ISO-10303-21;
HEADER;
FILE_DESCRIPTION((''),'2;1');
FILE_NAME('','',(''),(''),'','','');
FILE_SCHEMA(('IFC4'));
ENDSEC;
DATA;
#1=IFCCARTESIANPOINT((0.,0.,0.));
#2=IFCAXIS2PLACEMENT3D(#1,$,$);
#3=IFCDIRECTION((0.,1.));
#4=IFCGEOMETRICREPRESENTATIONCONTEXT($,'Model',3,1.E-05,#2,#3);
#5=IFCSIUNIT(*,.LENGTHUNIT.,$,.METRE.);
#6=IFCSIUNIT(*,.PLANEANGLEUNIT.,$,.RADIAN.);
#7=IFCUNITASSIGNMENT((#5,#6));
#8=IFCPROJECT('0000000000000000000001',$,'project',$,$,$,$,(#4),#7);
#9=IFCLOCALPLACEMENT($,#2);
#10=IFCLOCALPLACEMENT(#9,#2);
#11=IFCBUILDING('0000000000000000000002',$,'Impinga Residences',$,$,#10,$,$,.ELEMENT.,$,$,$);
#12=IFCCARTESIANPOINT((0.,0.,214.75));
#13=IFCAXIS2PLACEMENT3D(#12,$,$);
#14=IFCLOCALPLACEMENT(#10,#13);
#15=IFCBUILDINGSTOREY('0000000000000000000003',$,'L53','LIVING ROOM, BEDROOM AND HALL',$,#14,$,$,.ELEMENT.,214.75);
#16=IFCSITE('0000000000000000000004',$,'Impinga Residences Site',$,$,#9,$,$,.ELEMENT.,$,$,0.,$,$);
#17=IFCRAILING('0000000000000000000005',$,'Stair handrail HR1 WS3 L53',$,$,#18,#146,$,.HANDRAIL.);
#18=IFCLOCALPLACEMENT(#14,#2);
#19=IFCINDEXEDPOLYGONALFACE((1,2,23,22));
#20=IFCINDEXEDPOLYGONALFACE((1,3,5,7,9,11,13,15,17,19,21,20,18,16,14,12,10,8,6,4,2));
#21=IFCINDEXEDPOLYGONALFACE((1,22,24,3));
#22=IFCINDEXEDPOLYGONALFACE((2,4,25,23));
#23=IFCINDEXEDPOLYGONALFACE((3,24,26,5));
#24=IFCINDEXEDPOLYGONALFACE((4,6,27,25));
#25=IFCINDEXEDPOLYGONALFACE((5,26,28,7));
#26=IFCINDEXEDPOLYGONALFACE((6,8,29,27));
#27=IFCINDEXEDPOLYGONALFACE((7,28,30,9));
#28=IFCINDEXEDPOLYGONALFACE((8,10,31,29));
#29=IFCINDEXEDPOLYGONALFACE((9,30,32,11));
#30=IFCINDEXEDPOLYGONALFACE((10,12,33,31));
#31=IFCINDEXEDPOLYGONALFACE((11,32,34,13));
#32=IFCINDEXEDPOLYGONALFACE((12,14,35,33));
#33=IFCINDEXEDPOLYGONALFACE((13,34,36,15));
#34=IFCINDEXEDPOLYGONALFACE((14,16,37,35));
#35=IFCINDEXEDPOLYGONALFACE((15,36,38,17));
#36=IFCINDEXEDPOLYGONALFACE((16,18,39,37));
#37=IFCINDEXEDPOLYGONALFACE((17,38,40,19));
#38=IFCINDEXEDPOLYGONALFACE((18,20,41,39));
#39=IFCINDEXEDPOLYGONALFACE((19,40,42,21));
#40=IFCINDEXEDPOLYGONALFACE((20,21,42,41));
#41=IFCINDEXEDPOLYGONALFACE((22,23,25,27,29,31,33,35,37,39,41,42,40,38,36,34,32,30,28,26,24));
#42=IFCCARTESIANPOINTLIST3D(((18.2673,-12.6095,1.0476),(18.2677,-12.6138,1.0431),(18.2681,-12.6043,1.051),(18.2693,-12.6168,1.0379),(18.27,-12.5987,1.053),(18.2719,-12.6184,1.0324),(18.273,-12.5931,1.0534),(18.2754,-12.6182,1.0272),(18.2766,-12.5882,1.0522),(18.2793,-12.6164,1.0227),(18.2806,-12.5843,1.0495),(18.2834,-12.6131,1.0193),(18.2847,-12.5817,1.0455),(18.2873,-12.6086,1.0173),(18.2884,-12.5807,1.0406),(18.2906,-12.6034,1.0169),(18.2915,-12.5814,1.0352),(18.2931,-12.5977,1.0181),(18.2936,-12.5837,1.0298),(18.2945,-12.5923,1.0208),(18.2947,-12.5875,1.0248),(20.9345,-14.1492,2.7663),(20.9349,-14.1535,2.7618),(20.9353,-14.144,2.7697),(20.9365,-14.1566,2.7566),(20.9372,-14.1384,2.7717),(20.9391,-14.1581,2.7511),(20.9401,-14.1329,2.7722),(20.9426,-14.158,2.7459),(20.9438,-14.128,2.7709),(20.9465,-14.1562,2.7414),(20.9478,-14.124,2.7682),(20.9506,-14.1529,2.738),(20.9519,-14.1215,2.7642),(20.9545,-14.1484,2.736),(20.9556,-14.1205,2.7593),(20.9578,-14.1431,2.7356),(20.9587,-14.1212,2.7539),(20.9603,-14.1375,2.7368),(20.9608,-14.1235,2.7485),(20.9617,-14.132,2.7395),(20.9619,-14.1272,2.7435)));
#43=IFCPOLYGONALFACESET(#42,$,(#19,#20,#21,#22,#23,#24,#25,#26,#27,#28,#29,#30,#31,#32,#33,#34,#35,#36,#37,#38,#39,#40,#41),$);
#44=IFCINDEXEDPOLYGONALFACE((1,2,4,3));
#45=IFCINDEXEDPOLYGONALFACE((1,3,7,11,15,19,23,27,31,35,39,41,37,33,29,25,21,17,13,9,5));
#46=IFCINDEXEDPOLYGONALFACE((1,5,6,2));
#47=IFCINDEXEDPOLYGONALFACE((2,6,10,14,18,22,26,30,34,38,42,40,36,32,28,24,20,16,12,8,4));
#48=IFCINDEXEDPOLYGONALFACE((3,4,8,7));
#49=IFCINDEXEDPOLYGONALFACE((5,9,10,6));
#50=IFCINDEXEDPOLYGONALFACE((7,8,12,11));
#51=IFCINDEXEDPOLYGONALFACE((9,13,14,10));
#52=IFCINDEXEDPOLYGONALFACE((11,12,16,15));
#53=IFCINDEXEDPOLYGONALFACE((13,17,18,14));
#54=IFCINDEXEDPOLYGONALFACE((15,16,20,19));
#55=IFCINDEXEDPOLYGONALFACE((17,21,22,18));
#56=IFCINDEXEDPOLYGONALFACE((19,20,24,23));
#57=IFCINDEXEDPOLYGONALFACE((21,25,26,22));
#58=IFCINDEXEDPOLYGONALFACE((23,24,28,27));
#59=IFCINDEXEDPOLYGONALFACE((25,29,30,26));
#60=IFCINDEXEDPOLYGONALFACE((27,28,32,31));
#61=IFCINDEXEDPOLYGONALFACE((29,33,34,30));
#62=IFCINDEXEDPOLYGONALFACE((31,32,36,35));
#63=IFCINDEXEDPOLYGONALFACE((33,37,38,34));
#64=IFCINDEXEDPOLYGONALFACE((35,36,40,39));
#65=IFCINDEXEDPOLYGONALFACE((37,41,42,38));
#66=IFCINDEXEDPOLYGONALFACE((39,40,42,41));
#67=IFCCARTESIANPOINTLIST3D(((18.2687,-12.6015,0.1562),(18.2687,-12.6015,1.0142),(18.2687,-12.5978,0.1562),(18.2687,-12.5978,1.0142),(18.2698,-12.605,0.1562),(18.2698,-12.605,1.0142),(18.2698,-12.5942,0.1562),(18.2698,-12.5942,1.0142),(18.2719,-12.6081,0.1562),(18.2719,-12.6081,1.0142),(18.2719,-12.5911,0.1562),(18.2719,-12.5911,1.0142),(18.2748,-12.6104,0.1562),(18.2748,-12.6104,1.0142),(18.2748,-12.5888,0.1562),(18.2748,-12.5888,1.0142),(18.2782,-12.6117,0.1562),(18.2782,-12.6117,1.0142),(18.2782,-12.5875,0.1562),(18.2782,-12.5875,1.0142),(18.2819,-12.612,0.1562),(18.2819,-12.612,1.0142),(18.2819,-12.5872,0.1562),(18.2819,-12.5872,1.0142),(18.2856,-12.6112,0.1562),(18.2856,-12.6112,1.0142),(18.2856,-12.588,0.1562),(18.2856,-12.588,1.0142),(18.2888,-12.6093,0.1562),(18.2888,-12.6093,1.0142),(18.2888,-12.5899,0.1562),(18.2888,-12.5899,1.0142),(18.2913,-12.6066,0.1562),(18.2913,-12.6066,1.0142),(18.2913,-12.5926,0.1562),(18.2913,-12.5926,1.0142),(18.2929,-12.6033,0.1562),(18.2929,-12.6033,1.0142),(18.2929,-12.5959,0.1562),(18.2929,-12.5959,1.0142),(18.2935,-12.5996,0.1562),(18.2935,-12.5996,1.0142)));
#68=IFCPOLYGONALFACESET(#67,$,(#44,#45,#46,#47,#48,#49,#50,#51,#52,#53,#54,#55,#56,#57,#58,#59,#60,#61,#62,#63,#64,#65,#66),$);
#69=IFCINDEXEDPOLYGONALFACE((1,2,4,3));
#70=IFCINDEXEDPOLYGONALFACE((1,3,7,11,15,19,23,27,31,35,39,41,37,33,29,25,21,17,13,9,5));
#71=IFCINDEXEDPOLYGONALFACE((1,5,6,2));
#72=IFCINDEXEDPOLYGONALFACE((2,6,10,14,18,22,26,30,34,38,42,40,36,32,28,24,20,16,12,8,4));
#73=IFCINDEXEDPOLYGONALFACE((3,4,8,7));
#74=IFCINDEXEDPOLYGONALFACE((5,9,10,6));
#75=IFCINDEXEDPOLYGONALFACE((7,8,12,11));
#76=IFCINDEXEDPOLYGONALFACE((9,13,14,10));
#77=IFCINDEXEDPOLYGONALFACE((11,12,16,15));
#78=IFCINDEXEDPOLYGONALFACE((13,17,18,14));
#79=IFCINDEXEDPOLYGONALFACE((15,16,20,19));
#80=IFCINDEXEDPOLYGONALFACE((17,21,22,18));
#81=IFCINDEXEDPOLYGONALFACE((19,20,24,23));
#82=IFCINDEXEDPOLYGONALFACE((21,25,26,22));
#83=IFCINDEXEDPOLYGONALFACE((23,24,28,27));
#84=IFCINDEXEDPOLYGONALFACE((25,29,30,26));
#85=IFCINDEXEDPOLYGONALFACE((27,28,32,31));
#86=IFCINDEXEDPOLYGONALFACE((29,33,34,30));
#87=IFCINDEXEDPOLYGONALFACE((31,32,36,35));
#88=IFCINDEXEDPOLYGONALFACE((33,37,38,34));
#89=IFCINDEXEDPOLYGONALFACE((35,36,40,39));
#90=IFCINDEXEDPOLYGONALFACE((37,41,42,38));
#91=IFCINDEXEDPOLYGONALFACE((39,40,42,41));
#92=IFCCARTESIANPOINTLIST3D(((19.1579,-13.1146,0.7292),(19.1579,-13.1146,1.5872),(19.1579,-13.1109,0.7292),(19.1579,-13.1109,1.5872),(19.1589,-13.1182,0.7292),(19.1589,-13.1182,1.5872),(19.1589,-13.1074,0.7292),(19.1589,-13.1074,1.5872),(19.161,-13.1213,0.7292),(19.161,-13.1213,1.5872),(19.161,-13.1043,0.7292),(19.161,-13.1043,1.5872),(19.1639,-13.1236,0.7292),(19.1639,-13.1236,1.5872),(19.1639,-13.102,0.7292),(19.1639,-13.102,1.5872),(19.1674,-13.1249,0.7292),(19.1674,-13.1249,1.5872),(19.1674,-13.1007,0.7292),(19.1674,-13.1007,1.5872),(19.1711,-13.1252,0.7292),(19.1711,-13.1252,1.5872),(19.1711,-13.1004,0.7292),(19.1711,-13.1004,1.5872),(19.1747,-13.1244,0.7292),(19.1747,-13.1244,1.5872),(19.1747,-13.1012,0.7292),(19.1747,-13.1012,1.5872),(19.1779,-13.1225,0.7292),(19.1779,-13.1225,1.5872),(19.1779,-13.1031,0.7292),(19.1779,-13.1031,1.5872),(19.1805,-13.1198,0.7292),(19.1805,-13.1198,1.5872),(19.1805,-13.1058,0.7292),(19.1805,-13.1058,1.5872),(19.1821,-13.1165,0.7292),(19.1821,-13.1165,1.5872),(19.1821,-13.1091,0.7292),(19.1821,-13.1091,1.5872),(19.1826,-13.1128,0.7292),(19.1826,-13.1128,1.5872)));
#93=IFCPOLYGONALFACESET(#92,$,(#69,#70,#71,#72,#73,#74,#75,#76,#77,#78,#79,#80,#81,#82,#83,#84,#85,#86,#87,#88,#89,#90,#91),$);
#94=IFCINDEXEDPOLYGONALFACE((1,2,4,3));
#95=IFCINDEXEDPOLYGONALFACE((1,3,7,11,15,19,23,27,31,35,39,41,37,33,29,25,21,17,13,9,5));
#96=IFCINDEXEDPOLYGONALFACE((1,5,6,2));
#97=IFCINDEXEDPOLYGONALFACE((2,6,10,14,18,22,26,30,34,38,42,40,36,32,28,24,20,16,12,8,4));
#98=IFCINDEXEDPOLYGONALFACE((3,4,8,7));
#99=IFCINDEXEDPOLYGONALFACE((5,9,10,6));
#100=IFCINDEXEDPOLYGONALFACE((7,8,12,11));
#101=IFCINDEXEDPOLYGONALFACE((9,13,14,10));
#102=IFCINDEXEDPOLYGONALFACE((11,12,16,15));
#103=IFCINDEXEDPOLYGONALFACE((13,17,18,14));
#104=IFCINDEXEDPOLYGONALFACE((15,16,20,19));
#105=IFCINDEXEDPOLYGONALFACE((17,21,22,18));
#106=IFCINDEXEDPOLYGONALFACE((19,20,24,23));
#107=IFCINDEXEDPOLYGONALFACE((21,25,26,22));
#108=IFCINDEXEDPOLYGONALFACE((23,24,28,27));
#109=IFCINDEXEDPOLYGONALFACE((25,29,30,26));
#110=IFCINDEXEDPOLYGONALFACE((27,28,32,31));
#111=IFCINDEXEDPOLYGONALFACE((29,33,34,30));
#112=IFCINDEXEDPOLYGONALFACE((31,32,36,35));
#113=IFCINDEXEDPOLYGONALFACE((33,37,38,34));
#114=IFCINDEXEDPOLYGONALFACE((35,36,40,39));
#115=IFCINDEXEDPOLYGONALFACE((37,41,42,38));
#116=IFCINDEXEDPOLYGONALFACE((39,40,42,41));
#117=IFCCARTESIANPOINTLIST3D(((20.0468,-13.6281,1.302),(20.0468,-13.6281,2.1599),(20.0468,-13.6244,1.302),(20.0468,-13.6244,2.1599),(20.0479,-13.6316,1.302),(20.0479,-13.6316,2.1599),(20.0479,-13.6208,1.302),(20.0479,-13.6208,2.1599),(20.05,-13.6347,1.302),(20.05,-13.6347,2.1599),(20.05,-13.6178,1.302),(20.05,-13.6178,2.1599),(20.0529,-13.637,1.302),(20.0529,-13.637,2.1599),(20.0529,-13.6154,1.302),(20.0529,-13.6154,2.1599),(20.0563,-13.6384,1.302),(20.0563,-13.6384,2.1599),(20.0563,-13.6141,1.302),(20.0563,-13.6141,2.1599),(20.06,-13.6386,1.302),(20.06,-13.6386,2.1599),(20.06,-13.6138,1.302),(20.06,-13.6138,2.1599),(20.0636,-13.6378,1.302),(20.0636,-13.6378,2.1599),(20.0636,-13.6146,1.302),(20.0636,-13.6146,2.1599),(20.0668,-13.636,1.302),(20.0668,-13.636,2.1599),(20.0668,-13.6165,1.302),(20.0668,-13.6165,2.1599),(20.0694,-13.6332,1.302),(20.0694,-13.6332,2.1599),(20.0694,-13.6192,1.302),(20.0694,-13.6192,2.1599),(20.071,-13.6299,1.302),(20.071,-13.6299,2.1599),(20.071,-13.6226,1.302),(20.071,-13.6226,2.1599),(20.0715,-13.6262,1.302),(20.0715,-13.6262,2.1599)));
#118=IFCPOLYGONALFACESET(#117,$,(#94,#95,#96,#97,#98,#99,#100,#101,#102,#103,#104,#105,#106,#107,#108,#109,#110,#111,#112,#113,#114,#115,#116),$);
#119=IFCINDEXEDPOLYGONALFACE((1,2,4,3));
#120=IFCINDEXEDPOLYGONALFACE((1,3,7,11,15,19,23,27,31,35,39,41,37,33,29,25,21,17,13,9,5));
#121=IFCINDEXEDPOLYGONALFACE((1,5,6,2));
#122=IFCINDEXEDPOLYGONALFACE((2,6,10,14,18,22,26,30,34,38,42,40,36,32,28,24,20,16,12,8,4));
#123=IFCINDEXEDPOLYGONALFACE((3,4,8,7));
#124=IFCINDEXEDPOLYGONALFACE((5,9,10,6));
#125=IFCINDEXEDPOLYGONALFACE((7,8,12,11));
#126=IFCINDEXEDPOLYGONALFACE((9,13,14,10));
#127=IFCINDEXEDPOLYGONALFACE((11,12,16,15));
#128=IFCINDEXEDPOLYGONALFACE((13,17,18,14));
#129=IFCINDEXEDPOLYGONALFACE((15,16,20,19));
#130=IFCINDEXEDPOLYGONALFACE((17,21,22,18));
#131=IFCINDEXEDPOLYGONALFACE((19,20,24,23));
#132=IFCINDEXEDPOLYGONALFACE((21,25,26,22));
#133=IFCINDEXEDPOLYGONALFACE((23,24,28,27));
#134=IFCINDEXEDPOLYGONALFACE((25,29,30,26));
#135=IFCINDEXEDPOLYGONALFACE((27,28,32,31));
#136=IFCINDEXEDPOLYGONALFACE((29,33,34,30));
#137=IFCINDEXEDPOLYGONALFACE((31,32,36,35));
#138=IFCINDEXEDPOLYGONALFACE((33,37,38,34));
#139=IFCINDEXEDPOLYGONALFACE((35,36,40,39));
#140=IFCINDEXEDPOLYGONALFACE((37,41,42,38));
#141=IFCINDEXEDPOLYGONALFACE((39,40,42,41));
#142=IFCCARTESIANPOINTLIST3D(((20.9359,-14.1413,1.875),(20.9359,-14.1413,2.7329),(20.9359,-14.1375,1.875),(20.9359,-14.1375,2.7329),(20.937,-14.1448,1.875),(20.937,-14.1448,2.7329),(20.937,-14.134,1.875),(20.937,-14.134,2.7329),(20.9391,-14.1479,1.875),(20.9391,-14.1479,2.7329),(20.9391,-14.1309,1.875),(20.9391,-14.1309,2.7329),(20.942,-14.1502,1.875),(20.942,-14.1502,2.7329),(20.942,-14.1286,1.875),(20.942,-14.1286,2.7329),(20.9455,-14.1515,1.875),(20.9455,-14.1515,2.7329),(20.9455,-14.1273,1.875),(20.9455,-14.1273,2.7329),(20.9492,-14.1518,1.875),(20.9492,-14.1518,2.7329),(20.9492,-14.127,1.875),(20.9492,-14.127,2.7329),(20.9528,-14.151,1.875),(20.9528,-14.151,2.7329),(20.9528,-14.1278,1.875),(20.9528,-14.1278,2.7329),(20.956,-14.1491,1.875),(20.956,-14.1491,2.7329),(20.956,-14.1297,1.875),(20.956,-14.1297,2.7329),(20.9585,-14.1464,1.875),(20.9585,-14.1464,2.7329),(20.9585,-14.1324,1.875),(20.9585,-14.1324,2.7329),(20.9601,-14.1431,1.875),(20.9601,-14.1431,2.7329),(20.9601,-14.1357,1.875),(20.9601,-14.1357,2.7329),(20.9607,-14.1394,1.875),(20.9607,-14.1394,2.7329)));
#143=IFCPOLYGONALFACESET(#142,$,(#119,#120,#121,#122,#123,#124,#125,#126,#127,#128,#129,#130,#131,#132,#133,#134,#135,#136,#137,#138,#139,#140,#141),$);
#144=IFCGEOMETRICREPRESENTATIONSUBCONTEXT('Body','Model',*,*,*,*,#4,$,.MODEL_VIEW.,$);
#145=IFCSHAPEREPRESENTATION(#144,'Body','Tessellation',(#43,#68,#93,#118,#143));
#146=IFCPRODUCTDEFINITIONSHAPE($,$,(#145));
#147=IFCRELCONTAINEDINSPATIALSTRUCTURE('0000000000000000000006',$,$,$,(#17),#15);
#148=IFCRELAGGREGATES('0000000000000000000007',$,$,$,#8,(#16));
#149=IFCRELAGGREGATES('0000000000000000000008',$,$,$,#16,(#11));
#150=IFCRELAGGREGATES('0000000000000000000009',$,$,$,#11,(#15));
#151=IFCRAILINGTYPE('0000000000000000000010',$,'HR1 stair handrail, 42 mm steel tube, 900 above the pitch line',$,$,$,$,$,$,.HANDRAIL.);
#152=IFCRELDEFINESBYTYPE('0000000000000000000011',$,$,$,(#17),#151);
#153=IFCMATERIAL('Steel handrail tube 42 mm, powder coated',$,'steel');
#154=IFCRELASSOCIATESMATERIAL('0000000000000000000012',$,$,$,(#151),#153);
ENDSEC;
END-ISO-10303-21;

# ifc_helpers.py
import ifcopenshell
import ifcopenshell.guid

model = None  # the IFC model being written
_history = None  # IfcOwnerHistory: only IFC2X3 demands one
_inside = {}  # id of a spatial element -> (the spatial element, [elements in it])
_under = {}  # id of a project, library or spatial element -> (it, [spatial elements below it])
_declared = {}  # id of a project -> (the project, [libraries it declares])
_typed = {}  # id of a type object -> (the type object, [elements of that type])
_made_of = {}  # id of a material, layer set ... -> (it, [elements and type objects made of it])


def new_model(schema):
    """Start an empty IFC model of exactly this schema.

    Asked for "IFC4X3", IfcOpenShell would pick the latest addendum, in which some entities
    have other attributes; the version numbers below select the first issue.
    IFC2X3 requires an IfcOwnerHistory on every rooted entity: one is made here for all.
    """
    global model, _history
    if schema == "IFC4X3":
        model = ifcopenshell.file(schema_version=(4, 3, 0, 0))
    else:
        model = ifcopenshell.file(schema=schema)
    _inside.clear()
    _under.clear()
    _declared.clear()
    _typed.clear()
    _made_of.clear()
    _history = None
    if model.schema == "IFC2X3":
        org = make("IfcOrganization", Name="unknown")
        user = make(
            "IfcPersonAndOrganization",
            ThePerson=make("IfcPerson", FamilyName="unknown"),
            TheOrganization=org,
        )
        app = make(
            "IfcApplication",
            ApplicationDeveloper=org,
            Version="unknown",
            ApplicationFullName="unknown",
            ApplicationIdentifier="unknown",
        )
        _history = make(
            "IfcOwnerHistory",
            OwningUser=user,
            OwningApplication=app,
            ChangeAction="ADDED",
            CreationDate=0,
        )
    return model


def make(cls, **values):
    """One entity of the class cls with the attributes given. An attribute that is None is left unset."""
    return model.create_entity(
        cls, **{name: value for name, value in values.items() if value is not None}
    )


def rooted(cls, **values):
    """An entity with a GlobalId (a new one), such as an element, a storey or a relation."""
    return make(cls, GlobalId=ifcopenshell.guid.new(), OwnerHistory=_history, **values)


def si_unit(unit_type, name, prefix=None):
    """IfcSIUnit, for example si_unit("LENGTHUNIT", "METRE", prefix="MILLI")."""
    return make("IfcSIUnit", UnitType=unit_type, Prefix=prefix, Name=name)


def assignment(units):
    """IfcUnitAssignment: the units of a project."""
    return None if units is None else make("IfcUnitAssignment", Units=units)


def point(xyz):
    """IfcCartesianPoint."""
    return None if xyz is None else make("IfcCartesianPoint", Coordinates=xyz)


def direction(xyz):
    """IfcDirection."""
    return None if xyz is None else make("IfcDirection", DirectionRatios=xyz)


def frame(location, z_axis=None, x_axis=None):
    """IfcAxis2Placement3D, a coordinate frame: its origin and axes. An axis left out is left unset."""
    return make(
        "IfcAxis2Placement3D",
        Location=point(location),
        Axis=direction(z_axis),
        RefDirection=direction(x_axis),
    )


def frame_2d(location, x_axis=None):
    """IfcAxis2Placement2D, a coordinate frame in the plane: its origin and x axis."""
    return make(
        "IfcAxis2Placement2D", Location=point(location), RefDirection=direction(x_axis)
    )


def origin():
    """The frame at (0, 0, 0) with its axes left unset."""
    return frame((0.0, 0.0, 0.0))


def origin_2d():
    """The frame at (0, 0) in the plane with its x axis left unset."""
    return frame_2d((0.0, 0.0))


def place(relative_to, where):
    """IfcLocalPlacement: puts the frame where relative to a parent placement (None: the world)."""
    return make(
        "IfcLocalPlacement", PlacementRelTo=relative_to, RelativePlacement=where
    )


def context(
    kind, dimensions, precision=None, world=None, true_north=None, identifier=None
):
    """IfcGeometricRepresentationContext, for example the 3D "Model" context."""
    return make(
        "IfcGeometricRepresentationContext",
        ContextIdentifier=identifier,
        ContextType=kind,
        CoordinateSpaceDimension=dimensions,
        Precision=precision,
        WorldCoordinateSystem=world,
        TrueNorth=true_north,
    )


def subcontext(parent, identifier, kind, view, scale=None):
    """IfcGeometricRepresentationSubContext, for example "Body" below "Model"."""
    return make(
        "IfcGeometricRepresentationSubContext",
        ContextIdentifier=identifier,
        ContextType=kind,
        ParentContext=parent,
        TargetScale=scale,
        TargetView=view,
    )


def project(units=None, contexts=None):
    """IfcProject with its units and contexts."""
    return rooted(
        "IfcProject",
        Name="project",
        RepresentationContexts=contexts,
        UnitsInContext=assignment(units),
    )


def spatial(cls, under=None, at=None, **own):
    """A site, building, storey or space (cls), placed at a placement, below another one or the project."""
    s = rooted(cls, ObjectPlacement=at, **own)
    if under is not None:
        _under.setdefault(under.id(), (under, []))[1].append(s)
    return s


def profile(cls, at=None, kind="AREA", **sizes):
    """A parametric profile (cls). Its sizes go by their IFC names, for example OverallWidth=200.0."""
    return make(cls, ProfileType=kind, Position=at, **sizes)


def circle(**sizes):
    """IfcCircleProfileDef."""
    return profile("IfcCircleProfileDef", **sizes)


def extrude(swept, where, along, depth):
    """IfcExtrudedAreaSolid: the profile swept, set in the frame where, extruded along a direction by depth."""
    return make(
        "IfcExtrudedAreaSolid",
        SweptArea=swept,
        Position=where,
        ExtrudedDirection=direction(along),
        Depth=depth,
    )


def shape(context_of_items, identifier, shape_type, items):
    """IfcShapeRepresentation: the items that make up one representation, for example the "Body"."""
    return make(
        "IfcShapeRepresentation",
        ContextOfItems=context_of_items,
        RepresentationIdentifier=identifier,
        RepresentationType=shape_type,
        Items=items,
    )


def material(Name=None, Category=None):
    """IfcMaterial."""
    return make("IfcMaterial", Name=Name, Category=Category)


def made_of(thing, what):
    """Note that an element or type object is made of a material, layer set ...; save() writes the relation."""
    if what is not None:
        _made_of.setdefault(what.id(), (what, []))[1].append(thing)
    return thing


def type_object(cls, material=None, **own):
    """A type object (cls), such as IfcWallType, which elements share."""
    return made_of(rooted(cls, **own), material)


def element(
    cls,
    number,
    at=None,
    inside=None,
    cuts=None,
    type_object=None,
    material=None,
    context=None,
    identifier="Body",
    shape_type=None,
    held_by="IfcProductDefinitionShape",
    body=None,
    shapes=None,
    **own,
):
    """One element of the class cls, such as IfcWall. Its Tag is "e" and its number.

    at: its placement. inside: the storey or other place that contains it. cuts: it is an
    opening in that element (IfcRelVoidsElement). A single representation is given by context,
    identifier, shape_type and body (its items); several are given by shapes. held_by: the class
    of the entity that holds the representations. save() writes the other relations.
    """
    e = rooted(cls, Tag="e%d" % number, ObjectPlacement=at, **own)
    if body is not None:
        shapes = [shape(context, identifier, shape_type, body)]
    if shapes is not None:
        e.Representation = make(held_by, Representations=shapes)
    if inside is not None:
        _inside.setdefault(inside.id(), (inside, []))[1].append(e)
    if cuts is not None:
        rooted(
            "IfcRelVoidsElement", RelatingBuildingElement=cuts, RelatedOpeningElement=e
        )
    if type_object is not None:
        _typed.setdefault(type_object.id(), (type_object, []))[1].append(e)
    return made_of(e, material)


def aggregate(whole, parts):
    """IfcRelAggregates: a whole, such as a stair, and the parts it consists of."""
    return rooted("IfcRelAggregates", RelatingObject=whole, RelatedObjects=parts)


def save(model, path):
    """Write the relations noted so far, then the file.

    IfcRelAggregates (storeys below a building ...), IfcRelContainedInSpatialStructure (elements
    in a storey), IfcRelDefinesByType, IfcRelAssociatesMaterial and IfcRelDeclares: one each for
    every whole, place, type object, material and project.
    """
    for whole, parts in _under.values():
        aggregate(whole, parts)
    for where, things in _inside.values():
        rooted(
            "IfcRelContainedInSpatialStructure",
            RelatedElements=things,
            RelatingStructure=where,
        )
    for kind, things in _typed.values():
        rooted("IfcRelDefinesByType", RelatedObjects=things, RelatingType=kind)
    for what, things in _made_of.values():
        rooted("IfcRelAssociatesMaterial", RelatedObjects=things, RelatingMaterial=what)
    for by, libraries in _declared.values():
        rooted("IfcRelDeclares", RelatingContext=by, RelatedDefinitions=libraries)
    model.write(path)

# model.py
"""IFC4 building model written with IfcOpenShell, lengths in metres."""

from ifc_helpers import new_model, si_unit, direction, frame, origin, origin_2d, place, context, subcontext, project, spatial, circle, extrude, material, type_object, element, save


model = new_model("IFC4")

# Units and contexts
model_context = context("Model", 3, precision=1e-05, world=origin(), true_north=direction((0.0, 1.0)))
body_context = subcontext(model_context, "Body", "Model", "MODEL_VIEW")
ifc_project = project(units=[si_unit("LENGTHUNIT", "METRE"), si_unit("PLANEANGLEUNIT", "RADIAN")], contexts=[model_context])

# Site, building, storey
site_placement = place(None, origin())
site = spatial("IfcSite", under=ifc_project, at=site_placement, Name="Impinga Residences Site", CompositionType="ELEMENT", RefElevation=0.0)
building_placement = place(site_placement, origin())
building = spatial("IfcBuilding", under=site, at=building_placement, Name="Impinga Residences", CompositionType="ELEMENT")
storey_placement = place(building_placement, frame((0.0, 0.0, 214.75)))
storey = spatial("IfcBuildingStorey", under=building, at=storey_placement, Name="L53", Description="LIVING ROOM, BEDROOM AND HALL", CompositionType="ELEMENT", Elevation=214.75)

# Railing
ifc_material_1 = material(Name="Steel handrail tube 42 mm, powder coated", Category="steel")
railing_type_1 = type_object("IfcRailingType", Name="HR1 stair handrail, 42 mm steel tube, 900 above the pitch line", PredefinedType="HANDRAIL", material=ifc_material_1)
railing_1_placement = place(storey_placement, frame((18.281, -12.5996, 0.1562)))
element("IfcRailing", 1, at=railing_1_placement, inside=storey, type_object=railing_type_1, Name="Stair handrail HR1 WS3 L53", PredefinedType="HANDRAIL", context=body_context, shape_type="SweptSolid", body=[
    extrude(circle(Radius=0.021, at=origin_2d()), frame((0.0, 0.0, 0.8789), z_axis=(0.756249, -0.436582, 0.487322), x_axis=(0.499967, 0.866044, 0.0)), (0.0, 0.0, 1.0), 3.5269),
    extrude(circle(Radius=0.0125, at=origin_2d()), origin(), (0.0, 0.0, 1.0), 0.8579),
    extrude(circle(Radius=0.0125, at=origin_2d()), frame((0.8892, -0.5132, 0.573)), (0.0, 0.0, 1.0), 0.8579),
    extrude(circle(Radius=0.0125, at=origin_2d()), frame((1.7781, -1.0266, 1.1458)), (0.0, 0.0, 1.0), 0.8579),
    extrude(circle(Radius=0.0125, at=origin_2d()), frame((2.6672, -1.5398, 1.7188)), (0.0, 0.0, 1.0), 0.8579),
])

save(model, "model.ifc")
